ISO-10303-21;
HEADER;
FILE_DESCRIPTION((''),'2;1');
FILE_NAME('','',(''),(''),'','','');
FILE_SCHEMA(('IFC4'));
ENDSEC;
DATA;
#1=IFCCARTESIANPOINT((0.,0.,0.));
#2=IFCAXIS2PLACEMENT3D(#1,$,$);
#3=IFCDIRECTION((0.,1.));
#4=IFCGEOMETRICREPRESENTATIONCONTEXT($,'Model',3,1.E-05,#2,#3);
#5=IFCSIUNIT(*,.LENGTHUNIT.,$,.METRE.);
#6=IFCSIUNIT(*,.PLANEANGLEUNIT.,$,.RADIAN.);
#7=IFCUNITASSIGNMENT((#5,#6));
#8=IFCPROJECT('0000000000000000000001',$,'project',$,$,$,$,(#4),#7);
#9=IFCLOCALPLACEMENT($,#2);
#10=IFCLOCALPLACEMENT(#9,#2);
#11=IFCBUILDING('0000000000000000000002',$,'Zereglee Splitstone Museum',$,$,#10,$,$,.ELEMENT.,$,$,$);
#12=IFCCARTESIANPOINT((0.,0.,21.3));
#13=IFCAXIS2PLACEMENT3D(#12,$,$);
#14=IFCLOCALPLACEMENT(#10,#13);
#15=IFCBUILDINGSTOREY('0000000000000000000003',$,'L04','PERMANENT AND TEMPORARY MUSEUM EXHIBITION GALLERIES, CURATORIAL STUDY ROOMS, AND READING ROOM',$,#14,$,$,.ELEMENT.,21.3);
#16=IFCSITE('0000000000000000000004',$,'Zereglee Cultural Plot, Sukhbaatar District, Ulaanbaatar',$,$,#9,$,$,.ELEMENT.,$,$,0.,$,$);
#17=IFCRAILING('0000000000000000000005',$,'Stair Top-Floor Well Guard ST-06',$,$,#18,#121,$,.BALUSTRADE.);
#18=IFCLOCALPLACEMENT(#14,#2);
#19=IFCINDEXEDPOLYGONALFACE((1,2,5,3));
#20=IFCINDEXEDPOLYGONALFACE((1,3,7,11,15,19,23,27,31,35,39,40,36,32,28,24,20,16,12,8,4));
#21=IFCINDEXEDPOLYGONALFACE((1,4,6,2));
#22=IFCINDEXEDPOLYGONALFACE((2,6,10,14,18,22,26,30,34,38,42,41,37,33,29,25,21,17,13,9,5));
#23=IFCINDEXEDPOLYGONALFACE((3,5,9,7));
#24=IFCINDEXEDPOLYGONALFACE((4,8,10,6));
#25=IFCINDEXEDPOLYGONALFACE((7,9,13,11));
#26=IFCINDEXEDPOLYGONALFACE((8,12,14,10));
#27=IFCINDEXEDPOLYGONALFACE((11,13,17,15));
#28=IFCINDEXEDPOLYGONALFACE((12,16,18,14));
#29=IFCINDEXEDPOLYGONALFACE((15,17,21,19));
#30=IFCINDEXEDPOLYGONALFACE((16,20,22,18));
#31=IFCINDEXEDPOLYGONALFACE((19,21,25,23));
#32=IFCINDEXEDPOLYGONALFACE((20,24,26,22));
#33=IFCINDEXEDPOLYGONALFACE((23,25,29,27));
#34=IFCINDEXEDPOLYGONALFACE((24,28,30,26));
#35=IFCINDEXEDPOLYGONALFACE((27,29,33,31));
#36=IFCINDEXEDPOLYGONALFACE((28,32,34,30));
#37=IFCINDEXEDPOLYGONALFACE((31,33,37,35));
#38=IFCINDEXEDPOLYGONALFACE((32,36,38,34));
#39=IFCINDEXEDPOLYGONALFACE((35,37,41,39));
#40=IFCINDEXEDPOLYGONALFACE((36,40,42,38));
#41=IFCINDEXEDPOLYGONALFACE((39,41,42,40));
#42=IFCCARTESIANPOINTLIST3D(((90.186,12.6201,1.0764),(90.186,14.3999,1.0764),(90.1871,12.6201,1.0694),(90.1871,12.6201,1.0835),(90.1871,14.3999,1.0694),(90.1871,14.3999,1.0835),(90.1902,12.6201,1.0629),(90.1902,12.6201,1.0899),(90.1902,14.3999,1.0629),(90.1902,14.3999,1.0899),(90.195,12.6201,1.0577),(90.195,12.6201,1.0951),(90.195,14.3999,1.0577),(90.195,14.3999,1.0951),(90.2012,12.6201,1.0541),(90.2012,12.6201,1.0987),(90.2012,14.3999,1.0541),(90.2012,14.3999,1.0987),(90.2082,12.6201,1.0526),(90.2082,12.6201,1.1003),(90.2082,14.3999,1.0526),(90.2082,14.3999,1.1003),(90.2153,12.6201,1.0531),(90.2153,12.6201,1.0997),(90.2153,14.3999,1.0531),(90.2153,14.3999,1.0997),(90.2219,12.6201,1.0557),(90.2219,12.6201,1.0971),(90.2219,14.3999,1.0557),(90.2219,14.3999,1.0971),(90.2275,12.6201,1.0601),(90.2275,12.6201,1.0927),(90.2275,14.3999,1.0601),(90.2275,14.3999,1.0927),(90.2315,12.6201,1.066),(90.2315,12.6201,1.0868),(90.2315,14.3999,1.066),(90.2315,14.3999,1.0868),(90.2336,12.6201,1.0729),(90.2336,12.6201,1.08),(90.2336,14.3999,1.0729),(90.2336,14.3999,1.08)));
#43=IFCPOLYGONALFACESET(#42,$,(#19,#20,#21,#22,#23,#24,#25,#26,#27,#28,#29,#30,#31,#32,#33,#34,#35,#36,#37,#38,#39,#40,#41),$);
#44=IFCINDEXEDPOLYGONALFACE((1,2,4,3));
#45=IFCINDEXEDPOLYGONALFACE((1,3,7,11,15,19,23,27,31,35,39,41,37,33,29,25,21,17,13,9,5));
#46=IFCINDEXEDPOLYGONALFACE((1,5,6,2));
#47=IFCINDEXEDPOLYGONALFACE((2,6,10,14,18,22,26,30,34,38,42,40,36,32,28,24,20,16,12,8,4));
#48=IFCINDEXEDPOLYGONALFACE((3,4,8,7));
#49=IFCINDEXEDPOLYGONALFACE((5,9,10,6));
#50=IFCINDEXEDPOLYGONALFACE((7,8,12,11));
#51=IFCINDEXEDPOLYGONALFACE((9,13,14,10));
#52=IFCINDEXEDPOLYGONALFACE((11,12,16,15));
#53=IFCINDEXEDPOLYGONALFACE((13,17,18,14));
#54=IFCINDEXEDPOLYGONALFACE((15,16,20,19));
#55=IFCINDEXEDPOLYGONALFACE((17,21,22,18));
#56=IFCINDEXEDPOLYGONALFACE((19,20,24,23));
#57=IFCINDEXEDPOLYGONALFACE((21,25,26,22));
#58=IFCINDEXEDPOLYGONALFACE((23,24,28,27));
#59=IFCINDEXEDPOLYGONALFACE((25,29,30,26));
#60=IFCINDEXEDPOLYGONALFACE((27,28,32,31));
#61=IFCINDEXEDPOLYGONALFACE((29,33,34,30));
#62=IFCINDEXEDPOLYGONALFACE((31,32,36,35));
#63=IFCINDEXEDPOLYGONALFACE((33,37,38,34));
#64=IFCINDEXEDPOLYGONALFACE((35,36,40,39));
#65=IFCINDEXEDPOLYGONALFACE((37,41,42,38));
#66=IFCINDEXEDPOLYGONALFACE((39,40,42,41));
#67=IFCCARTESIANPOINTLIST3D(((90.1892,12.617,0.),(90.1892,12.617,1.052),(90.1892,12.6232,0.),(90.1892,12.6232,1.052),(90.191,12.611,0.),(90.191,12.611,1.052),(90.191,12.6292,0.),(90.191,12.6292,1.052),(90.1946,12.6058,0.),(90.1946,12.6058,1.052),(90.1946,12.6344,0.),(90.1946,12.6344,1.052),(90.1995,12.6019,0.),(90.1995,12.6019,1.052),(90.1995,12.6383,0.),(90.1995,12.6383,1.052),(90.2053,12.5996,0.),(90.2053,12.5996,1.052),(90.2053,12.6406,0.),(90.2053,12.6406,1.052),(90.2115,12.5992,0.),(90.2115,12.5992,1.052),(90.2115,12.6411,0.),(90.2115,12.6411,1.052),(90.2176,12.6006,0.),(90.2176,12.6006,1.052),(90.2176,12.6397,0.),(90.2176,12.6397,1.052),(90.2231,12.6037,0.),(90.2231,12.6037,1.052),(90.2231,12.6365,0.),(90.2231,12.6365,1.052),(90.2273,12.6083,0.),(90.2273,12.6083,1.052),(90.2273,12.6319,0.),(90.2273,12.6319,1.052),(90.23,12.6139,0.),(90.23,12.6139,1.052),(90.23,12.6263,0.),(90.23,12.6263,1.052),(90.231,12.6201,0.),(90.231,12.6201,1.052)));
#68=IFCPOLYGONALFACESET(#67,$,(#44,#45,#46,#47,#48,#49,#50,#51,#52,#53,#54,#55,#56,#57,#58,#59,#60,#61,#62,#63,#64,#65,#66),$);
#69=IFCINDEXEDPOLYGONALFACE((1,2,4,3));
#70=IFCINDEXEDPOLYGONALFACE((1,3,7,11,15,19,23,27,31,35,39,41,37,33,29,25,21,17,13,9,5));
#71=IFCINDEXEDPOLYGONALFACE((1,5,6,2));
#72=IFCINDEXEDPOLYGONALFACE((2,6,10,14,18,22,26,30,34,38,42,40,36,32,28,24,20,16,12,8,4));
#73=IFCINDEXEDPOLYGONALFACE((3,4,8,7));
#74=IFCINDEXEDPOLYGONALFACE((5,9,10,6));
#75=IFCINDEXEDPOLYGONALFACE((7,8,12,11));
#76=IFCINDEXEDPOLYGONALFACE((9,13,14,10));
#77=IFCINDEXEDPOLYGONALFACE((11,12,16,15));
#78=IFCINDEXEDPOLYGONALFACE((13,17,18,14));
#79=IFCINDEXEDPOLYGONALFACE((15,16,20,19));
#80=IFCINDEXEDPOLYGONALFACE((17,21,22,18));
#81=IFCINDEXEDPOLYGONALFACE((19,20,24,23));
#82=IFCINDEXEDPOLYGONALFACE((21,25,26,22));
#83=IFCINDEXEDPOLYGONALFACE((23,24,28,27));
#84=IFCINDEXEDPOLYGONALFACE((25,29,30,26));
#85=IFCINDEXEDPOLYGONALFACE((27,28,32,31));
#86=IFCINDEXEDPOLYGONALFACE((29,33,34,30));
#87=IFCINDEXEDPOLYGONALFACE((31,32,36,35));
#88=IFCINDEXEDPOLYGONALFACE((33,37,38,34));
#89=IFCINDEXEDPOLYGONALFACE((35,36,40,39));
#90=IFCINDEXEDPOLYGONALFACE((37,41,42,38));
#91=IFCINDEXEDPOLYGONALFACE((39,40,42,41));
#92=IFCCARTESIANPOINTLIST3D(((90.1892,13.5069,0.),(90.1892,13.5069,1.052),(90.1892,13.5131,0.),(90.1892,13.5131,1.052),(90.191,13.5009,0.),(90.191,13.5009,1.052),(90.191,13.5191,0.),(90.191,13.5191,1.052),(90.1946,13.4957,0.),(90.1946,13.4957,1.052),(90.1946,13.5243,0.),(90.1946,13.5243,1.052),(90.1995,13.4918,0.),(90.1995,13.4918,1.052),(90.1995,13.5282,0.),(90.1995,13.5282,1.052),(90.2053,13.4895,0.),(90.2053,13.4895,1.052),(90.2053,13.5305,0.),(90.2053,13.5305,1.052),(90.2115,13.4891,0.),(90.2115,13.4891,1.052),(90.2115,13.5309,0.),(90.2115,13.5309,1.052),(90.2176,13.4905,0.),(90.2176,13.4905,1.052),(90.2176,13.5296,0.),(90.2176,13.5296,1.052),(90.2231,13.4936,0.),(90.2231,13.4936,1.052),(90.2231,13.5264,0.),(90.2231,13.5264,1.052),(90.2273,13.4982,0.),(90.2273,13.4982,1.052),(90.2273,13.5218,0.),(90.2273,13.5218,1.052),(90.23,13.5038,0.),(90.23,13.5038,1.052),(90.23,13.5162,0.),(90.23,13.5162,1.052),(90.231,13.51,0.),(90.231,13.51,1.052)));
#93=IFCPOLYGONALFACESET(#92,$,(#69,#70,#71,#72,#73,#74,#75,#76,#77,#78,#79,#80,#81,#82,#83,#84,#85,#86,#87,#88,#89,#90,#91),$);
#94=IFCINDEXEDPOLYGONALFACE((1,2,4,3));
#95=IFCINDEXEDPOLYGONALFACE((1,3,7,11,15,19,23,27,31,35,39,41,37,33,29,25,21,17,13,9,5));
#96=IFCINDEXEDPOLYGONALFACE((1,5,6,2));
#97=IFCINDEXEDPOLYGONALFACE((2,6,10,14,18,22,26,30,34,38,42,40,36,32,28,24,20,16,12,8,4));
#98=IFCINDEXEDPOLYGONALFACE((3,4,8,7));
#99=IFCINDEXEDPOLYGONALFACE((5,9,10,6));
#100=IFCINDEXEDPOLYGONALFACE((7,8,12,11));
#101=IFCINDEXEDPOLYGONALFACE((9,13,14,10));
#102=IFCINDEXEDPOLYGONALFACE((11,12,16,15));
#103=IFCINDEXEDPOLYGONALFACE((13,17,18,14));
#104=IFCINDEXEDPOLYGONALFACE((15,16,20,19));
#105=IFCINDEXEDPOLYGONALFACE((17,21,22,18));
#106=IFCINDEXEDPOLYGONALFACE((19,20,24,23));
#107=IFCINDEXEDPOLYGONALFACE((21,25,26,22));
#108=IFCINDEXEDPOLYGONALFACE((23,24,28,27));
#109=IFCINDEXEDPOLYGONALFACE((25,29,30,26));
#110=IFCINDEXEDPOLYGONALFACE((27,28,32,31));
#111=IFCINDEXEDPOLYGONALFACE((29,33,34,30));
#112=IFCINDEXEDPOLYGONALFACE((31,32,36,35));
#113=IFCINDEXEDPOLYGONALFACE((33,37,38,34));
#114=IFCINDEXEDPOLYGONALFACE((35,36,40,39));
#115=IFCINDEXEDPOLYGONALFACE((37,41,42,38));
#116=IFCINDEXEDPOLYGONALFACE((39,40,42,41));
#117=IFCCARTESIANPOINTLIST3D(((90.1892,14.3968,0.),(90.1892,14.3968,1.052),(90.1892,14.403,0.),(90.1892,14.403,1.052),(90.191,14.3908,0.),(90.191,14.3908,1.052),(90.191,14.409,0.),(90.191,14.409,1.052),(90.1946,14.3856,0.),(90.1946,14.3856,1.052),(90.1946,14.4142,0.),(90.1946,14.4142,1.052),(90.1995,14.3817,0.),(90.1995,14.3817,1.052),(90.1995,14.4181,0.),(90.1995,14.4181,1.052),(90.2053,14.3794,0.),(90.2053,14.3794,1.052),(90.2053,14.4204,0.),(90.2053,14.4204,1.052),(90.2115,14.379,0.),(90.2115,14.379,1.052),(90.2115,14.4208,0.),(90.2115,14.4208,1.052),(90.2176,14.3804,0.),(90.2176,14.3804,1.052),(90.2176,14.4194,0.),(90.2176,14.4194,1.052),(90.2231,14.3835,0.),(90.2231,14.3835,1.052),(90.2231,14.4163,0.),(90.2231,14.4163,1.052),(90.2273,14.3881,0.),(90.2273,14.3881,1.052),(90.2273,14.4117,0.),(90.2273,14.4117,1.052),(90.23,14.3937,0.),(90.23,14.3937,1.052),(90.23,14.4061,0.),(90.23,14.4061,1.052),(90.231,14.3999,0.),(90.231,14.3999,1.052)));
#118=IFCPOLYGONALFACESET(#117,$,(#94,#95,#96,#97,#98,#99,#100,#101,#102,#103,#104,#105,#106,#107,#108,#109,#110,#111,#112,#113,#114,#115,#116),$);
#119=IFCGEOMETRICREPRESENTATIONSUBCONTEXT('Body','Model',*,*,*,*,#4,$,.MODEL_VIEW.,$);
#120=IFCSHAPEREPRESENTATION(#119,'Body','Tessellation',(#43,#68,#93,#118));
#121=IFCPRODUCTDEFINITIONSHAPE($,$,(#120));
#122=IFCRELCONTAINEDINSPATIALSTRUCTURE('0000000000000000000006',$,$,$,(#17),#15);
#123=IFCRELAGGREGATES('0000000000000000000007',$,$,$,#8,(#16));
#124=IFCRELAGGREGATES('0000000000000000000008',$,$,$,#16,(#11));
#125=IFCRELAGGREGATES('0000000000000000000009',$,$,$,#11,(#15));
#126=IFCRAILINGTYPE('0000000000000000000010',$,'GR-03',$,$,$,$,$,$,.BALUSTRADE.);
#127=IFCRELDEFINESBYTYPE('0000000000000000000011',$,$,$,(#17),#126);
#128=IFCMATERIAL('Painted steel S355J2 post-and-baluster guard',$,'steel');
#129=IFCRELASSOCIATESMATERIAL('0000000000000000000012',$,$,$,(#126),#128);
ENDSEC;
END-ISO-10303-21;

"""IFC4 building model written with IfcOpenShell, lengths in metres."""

from ifc_helpers import new_model, si_unit, direction, frame, origin, origin_2d, place, context, subcontext, project, spatial, circle, extrude, material, type_object, element, save


model = new_model("IFC4")

# Units and contexts
model_context = context("Model", 3, precision=1e-05, world=origin(), true_north=direction((0.0, 1.0)))
body_context = subcontext(model_context, "Body", "Model", "MODEL_VIEW")
ifc_project = project(units=[si_unit("LENGTHUNIT", "METRE"), si_unit("PLANEANGLEUNIT", "RADIAN")], contexts=[model_context])

# Site, building, storey
site_placement = place(None, origin())
site = spatial("IfcSite", under=ifc_project, at=site_placement, Name="Zereglee Cultural Plot, Sukhbaatar District, Ulaanbaatar", CompositionType="ELEMENT", RefElevation=0.0)
building_placement = place(site_placement, origin())
building = spatial("IfcBuilding", under=site, at=building_placement, Name="Zereglee Splitstone Museum", CompositionType="ELEMENT")
storey_placement = place(building_placement, frame((0.0, 0.0, 21.3)))
storey = spatial("IfcBuildingStorey", under=building, at=storey_placement, Name="L04", Description="PERMANENT AND TEMPORARY MUSEUM EXHIBITION GALLERIES, CURATORIAL STUDY ROOMS, AND READING ROOM", CompositionType="ELEMENT", Elevation=21.3)

# Railing
ifc_material_1 = material(Name="Painted steel S355J2 post-and-baluster guard", Category="steel")
railing_type = type_object("IfcRailingType", Name="GR-03", PredefinedType="BALUSTRADE", material=ifc_material_1)
railing_1_placement = place(storey_placement, frame((90.21, 12.6201, 0.0)))
element("IfcRailing", 1, at=railing_1_placement, inside=storey, type_object=railing_type, Name="Stair Top-Floor Well Guard ST-06", PredefinedType="BALUSTRADE", context=body_context, shape_type="SweptSolid", body=[
    extrude(circle(Radius=0.0239, at=origin_2d()), frame((0.0, 0.0, 1.0764), z_axis=(0.0, 1.0, 0.0), x_axis=(-1.0, 0.0, 0.0)), (0.0, 0.0, 1.0), 1.7798),
    extrude(circle(Radius=0.021, at=origin_2d()), origin(), (0.0, 0.0, 1.0), 1.052),
    extrude(circle(Radius=0.021, at=origin_2d()), frame((0.0, 0.8899, 0.0)), (0.0, 0.0, 1.0), 1.052),
    extrude(circle(Radius=0.021, at=origin_2d()), frame((0.0, 1.7798, 0.0)), (0.0, 0.0, 1.0), 1.052),
])

save(model, "model.ifc")
